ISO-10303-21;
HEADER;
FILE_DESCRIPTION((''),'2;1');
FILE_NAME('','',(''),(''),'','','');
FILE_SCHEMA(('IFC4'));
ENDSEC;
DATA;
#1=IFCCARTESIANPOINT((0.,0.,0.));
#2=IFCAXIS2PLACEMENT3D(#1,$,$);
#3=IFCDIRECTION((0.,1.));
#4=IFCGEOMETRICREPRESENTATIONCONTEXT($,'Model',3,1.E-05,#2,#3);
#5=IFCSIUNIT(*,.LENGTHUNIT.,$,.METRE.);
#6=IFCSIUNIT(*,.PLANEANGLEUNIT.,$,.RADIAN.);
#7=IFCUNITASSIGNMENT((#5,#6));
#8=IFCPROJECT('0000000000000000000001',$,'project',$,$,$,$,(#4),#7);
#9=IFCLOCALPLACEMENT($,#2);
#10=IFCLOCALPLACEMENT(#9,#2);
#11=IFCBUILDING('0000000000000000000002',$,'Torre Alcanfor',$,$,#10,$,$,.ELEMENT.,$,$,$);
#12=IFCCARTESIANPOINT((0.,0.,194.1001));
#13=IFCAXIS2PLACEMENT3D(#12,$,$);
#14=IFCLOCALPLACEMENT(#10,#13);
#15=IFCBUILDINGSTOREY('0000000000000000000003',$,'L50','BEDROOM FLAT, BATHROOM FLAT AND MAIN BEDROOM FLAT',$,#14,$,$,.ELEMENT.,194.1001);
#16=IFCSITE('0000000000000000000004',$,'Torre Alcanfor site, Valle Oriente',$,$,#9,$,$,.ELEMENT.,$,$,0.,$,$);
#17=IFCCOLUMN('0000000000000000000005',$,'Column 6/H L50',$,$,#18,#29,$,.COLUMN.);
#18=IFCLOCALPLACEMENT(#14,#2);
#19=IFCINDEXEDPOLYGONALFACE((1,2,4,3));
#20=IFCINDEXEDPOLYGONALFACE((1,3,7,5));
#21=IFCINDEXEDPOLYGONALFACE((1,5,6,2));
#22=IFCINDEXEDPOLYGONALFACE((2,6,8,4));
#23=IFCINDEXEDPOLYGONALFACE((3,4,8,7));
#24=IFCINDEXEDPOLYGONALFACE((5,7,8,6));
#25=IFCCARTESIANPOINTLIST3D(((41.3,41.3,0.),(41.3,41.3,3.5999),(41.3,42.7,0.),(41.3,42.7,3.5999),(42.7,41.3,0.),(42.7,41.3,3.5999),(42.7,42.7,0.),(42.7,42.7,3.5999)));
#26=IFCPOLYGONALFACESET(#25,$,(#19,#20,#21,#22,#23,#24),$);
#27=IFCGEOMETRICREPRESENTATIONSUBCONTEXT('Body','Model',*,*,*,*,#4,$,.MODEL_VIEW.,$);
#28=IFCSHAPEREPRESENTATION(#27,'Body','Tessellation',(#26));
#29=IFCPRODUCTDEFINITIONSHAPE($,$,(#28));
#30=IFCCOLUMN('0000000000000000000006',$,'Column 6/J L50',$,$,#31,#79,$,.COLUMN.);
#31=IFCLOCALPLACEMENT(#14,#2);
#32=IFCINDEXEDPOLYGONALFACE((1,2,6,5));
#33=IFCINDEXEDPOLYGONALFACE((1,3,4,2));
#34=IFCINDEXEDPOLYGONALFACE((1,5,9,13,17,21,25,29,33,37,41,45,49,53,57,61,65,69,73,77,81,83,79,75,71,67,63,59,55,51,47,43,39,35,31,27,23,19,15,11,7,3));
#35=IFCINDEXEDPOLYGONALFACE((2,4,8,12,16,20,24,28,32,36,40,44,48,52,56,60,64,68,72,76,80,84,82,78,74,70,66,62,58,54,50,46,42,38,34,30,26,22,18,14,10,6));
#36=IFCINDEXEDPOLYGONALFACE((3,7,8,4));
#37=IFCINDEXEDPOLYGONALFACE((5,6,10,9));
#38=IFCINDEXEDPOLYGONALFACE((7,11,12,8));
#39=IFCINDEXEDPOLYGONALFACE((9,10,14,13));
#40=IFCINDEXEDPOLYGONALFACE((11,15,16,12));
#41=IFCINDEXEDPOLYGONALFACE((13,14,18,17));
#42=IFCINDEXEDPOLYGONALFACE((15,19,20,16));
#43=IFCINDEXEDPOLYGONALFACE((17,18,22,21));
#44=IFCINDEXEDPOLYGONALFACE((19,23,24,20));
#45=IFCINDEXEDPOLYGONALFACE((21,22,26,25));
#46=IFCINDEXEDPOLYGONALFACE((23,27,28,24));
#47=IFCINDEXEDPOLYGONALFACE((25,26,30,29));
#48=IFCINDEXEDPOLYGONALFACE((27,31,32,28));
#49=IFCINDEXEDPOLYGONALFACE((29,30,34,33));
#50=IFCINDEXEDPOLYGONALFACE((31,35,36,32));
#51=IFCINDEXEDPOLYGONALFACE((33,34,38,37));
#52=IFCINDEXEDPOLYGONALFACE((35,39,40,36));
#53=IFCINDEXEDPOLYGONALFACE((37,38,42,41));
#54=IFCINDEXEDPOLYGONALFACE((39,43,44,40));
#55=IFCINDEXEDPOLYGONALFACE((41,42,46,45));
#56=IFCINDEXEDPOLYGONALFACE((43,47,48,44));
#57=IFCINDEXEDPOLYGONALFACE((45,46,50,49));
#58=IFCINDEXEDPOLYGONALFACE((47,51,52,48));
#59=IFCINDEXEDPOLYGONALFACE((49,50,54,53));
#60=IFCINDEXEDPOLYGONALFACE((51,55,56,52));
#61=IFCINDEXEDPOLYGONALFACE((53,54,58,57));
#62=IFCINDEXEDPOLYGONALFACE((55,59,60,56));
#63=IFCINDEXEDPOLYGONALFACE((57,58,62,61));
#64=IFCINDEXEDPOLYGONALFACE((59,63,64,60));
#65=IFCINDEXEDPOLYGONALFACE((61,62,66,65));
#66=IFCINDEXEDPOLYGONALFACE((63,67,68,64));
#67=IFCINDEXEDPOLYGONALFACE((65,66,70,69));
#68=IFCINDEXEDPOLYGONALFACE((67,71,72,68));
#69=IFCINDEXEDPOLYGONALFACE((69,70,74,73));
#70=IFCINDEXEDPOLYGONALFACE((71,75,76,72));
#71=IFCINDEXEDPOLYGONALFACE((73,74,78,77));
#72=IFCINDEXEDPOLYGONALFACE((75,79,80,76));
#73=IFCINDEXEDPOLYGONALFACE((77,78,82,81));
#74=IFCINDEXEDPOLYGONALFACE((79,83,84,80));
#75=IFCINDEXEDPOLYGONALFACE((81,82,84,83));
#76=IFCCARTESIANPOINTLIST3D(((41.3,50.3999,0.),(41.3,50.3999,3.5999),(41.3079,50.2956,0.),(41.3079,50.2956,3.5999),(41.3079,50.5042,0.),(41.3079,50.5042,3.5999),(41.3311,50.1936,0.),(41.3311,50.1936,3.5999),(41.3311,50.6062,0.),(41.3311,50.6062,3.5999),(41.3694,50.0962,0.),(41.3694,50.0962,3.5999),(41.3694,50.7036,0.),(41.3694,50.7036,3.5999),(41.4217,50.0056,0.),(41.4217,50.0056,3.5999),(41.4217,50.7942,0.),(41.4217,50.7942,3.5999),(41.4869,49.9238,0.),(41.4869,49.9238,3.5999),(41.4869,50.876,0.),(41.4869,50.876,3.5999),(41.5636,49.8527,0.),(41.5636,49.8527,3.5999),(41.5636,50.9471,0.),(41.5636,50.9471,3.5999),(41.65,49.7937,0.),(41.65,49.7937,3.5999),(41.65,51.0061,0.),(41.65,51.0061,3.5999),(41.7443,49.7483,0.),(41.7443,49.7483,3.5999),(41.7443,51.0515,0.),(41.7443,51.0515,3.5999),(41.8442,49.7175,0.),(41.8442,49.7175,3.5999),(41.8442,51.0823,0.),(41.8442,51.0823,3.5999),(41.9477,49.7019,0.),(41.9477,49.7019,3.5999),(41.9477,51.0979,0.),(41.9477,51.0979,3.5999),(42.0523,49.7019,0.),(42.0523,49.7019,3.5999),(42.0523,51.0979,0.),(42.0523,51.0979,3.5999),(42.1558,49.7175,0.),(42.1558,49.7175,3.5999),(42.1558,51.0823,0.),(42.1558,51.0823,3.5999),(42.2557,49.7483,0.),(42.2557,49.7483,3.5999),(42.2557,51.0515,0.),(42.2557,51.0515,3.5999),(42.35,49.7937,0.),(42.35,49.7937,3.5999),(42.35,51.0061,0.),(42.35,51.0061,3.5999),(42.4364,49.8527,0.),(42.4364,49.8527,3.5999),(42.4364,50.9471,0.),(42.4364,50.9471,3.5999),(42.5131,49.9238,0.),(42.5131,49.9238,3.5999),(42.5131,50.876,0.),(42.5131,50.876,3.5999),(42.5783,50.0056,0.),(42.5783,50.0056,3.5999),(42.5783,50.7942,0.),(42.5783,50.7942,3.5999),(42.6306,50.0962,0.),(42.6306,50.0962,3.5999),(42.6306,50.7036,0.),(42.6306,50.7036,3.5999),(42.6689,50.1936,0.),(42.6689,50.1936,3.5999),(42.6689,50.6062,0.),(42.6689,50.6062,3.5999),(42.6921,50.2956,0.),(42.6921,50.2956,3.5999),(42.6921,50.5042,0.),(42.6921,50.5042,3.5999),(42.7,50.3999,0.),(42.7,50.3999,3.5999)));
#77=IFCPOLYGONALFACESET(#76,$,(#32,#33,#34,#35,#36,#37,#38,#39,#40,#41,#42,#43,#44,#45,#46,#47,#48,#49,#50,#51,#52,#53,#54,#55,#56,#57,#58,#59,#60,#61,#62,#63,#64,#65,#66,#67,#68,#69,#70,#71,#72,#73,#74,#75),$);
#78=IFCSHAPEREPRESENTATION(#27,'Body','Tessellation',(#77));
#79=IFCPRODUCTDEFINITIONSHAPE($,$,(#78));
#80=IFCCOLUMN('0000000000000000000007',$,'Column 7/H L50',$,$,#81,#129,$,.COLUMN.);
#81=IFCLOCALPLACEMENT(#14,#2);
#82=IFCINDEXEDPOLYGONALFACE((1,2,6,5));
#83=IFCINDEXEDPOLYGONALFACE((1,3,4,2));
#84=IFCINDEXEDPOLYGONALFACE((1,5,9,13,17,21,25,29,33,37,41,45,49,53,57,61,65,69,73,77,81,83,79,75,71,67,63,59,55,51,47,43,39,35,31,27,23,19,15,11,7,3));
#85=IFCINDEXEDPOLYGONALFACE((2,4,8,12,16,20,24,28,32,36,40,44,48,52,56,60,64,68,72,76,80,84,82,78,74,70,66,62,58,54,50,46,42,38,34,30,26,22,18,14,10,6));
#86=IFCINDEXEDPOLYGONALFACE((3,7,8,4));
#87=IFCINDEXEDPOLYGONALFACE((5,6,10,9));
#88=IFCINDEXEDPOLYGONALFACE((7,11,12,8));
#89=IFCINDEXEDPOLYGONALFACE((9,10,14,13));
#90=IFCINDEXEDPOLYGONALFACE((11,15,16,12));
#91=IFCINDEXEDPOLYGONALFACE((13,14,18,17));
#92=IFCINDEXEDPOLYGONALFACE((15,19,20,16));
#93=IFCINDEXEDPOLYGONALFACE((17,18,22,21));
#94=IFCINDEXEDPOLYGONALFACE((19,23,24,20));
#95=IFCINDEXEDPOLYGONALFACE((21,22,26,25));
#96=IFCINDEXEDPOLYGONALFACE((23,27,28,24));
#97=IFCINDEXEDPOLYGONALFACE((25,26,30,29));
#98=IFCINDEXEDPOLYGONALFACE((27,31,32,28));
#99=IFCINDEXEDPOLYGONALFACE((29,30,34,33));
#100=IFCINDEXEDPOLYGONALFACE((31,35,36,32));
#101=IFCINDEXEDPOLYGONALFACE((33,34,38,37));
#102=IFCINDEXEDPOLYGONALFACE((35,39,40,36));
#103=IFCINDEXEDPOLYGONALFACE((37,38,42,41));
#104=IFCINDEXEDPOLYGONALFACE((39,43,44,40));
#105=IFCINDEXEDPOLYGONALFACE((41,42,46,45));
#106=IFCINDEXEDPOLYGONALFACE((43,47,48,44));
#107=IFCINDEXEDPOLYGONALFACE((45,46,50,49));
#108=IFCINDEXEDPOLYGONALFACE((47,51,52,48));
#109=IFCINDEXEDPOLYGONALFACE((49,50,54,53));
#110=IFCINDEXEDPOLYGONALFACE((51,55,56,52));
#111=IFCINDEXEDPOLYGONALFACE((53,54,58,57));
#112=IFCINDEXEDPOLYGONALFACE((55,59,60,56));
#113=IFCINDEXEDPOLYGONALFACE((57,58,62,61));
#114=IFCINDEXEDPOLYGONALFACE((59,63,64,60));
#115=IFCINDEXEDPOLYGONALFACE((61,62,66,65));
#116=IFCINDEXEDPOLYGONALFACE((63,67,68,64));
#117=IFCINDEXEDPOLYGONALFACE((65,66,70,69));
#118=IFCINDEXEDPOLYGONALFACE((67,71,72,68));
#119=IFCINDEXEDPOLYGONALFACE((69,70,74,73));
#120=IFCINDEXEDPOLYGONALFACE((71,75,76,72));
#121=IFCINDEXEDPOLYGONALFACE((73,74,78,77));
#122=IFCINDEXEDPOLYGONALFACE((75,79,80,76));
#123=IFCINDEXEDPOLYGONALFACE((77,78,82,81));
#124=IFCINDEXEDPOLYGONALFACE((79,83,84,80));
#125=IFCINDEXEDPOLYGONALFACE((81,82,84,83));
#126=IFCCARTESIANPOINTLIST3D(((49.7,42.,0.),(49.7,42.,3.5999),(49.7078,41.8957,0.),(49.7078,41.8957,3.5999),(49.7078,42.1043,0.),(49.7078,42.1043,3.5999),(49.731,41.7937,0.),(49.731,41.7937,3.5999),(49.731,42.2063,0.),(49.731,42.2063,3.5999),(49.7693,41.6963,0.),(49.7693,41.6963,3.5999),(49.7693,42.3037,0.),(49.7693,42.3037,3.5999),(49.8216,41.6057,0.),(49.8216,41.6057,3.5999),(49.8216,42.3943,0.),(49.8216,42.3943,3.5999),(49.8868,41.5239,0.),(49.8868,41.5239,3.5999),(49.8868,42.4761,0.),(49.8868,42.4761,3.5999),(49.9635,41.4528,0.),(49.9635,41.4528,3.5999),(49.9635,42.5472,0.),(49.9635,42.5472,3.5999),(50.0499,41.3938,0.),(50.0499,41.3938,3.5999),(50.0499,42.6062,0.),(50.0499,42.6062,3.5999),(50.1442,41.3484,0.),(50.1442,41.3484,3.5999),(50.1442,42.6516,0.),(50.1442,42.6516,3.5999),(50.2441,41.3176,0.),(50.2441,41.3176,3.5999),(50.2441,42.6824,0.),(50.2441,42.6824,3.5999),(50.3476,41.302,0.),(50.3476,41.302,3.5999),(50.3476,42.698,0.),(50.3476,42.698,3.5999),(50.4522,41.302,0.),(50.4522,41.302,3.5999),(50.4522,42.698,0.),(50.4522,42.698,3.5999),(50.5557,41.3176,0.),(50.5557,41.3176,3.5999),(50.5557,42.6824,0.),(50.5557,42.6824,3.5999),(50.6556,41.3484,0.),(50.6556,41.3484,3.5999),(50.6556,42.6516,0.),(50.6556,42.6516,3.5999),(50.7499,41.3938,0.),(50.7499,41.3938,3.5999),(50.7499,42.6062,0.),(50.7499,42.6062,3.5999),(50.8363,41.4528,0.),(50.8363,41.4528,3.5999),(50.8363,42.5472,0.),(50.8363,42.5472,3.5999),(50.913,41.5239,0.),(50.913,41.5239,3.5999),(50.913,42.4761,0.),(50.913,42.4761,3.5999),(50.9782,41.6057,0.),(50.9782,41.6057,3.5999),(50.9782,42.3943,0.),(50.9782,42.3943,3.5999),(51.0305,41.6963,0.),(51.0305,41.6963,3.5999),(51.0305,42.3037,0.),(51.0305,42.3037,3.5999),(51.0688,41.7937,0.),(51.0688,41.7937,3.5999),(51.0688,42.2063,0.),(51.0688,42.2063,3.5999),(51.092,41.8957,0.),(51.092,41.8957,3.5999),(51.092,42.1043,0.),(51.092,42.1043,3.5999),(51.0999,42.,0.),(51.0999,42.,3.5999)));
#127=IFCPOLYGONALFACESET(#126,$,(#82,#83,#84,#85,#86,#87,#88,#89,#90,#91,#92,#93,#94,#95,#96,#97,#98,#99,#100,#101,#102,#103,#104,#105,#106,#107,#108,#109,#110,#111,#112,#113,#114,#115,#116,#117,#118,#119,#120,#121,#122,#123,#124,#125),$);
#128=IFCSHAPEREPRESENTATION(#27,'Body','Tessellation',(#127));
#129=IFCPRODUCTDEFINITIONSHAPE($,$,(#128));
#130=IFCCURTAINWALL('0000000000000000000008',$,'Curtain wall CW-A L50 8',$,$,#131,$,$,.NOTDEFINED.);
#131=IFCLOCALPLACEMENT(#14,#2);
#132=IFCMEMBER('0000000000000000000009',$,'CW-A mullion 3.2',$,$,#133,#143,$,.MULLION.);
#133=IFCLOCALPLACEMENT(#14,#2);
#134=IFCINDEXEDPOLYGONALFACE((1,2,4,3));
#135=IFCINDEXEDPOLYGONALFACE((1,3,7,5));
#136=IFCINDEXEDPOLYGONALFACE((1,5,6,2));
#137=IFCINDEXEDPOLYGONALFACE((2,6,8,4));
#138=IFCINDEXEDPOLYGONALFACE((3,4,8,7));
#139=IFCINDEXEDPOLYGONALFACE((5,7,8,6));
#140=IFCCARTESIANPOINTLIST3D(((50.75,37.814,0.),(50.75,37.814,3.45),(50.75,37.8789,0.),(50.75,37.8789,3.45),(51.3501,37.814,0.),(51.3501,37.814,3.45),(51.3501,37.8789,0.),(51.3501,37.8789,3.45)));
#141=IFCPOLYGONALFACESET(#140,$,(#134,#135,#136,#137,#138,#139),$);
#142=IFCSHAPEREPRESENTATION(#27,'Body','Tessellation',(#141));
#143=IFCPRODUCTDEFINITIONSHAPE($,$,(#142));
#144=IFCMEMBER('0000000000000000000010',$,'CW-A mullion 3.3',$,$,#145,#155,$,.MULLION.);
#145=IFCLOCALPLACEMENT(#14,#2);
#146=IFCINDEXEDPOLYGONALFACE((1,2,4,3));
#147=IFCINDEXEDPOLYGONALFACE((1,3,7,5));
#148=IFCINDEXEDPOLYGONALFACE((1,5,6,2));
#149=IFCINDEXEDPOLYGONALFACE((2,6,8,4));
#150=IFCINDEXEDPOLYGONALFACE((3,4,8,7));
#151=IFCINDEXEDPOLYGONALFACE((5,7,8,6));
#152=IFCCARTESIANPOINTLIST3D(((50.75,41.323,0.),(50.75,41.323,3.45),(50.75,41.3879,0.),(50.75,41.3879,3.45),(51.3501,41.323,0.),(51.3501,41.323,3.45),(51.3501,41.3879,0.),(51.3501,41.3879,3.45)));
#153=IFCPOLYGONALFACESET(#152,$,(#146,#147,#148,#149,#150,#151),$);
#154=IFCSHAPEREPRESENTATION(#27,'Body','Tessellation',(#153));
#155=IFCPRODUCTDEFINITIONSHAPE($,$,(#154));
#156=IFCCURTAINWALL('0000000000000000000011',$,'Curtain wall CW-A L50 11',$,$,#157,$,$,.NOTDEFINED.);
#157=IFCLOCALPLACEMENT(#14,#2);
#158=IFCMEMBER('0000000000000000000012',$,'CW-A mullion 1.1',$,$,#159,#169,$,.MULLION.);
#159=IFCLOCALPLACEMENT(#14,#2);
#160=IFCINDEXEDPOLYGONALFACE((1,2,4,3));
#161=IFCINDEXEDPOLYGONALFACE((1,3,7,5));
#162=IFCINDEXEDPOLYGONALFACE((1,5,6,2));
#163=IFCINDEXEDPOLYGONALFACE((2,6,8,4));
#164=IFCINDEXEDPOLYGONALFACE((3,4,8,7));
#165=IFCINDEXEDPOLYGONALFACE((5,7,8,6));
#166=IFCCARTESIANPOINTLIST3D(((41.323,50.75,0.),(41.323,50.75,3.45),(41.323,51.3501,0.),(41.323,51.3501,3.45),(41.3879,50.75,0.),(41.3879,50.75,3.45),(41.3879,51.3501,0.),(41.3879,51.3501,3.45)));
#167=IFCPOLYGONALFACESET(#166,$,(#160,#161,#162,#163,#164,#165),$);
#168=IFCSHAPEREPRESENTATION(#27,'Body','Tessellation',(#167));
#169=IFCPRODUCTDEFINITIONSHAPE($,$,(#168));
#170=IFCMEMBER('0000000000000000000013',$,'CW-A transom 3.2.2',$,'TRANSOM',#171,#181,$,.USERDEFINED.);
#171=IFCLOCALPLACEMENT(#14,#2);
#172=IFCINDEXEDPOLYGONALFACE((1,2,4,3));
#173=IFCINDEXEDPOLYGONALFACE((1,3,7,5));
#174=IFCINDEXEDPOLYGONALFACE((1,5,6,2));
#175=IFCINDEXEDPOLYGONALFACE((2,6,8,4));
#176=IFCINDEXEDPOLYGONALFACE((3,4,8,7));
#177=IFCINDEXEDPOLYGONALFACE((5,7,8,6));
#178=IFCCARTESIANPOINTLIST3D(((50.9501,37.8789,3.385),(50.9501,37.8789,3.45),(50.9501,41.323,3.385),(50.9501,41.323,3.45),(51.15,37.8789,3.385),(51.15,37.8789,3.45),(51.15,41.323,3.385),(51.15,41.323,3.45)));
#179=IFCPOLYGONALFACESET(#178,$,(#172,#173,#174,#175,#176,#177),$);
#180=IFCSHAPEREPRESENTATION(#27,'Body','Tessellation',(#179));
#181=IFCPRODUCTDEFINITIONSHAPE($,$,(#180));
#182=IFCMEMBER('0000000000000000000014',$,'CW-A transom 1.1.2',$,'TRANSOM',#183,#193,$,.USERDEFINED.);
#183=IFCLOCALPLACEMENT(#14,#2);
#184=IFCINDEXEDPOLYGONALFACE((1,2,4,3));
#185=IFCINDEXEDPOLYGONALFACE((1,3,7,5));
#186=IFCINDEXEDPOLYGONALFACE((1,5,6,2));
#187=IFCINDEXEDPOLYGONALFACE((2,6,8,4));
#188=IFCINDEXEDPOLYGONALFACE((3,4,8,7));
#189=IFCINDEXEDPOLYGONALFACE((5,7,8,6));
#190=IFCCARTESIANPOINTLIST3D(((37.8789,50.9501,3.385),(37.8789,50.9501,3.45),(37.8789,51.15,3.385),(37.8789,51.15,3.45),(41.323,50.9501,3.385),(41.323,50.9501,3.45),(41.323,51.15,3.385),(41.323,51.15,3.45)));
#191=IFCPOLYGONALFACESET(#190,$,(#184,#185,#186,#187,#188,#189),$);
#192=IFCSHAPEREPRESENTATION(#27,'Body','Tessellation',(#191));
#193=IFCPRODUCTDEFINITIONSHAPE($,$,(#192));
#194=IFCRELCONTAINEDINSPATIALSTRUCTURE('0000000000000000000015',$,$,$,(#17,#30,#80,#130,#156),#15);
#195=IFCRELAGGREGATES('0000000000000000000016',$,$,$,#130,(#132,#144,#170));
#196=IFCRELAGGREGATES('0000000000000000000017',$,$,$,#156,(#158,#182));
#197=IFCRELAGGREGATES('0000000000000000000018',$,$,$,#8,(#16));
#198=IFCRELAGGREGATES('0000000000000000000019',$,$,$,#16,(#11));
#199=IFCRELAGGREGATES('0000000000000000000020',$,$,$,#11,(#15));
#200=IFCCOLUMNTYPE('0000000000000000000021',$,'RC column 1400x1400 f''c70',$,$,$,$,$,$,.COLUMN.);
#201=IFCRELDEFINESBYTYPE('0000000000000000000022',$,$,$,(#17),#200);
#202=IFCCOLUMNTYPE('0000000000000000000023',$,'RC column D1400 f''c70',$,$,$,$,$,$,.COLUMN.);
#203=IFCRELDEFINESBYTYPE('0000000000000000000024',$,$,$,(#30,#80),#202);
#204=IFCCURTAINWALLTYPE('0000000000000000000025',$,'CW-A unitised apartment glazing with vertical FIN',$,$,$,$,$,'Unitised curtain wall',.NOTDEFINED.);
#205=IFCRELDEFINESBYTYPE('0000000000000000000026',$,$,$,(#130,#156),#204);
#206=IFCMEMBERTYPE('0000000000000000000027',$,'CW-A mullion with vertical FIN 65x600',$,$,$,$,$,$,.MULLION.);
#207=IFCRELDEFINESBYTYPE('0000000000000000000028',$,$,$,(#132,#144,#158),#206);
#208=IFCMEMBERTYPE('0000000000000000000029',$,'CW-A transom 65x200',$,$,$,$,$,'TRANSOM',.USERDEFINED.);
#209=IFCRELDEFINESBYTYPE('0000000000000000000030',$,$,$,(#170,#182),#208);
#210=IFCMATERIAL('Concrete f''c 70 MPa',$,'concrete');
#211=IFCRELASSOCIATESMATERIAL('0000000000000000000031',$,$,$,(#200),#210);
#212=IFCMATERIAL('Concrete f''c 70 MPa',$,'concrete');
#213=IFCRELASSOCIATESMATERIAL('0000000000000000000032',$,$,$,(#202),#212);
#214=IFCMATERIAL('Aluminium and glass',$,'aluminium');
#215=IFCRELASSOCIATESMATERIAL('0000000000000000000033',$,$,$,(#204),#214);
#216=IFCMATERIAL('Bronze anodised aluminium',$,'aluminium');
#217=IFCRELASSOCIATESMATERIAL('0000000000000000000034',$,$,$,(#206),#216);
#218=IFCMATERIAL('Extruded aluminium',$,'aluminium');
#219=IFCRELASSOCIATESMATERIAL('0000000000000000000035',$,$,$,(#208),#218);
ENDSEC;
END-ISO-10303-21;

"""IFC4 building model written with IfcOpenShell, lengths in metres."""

from ifc_helpers import new_model, si_unit, direction, frame, origin, origin_2d, place, context, subcontext, project, spatial, rectangle, circle, extrude, material, material_profile, profile_set, type_object, element, aggregate, save


model = new_model("IFC4")

# Units and contexts
model_context = context("Model", 3, precision=1e-05, world=origin(), true_north=direction((0.0, 1.0)))
body_context = subcontext(model_context, "Body", "Model", "MODEL_VIEW")
ifc_project = project(units=[si_unit("LENGTHUNIT", "METRE"), si_unit("PLANEANGLEUNIT", "RADIAN")], contexts=[model_context])

# Site, building, storey
site_placement = place(None, origin())
site = spatial("IfcSite", under=ifc_project, at=site_placement, Name="Torre Alcanfor site, Valle Oriente", CompositionType="ELEMENT", RefElevation=0.0)
building_placement = place(site_placement, origin())
building = spatial("IfcBuilding", under=site, at=building_placement, Name="Torre Alcanfor", CompositionType="ELEMENT")
storey_placement = place(building_placement, frame((0.0, 0.0, 194.1001)))
storey = spatial("IfcBuildingStorey", under=building, at=storey_placement, Name="L50", Description="BEDROOM FLAT, BATHROOM FLAT AND MAIN BEDROOM FLAT", CompositionType="ELEMENT", Elevation=194.1001)

# Columns
ifc_material_1 = material(Name="Concrete f'c 70 MPa", Category="concrete")
ifc_material_profile_1 = material_profile(ifc_material_1, rectangle(XDim=1.3999, YDim=1.3999, at=origin_2d()), Name="1400x1400")
ifc_profile_set_1 = profile_set([ifc_material_profile_1], Name="Concrete f'c 70 MPa")
column_type_1 = type_object("IfcColumnType", Name="RC column 1400x1400 f'c70", PredefinedType="COLUMN", material=ifc_profile_set_1)
column_placement = place(storey_placement, frame((42.0, 42.0, 0.0), z_axis=(0.0, 0.0, 1.0), x_axis=(1.0, 0.0, 0.0)))
element("IfcColumn", 1, at=column_placement, inside=storey, type_object=column_type_1, Name="Column 6/H L50", PredefinedType="COLUMN", context=body_context, shape_type="SweptSolid", body=[
    extrude(rectangle(XDim=1.3999, YDim=1.3999, at=origin_2d()), origin(), (0.0, 0.0, 1.0), 3.5999),
])
ifc_material_2 = material(Name="Concrete f'c 70 MPa", Category="concrete")
ifc_material_profile_2 = material_profile(ifc_material_2, circle(Radius=0.7, at=origin_2d()), Name="D1400")
ifc_profile_set_2 = profile_set([ifc_material_profile_2], Name="Concrete f'c 70 MPa")
column_type_2 = type_object("IfcColumnType", Name="RC column D1400 f'c70", PredefinedType="COLUMN", material=ifc_profile_set_2)
for number, where, z_axis, x_axis, name in (
    (2, (42.0, 50.3999, 0.0), (0.0, 0.0, 1.0), (1.0, 0.0, 0.0), "Column 6/J L50"),
    (3, (50.3999, 42.0, 0.0), (0.0, 0.0, 1.0), (1.0, 0.0, 0.0), "Column 7/H L50"),
):
    element("IfcColumn", number, at=place(storey_placement, frame(where, z_axis=z_axis, x_axis=x_axis)), inside=storey, type_object=column_type_2, Name=name, PredefinedType="COLUMN", context=body_context, shape_type="SweptSolid", body=[
        extrude(circle(Radius=0.7, at=origin_2d()), origin(), (0.0, 0.0, 1.0), 3.5999),
    ])

# Curtain wall, members
ifc_material_3 = material(Name="Aluminium and glass", Category="aluminium")
curtain_wall_type = type_object("IfcCurtainWallType", Name="CW-A unitised apartment glazing with vertical FIN", ElementType="Unitised curtain wall", PredefinedType="NOTDEFINED", material=ifc_material_3)
curtain_wall_1_placement = place(storey_placement, origin())
curtain_wall_1 = element("IfcCurtainWall", 4, at=curtain_wall_1_placement, inside=storey, type_object=curtain_wall_type, Name="Curtain wall CW-A L50 8", PredefinedType="NOTDEFINED")
ifc_material_4 = material(Name="Bronze anodised aluminium", Category="aluminium")
ifc_material_profile_3 = material_profile(ifc_material_4, rectangle(XDim=0.6001, YDim=0.0649, at=origin_2d()), Name="CW-A mullion 65x600")
ifc_profile_set_3 = profile_set([ifc_material_profile_3], Name="Bronze anodised aluminium")
member_type_1 = type_object("IfcMemberType", Name="CW-A mullion with vertical FIN 65x600", PredefinedType="MULLION", material=ifc_profile_set_3)
member_1_placement = place(storey_placement, frame((51.05, 37.8464, 0.0), z_axis=(0.0, 0.0, 1.0), x_axis=(-1.0, 0.0, 0.0)))
member_1 = element("IfcMember", 5, at=member_1_placement, type_object=member_type_1, Name="CW-A mullion 3.2", PredefinedType="MULLION", context=body_context, shape_type="SweptSolid", body=[
    extrude(rectangle(XDim=0.6001, YDim=0.0649, at=origin_2d()), origin(), (0.0, 0.0, 1.0), 3.45),
])
member_2_placement = place(storey_placement, frame((51.05, 41.3555, 0.0), z_axis=(0.0, 0.0, 1.0), x_axis=(-1.0, 0.0, 0.0)))
member_2 = element("IfcMember", 6, at=member_2_placement, type_object=member_type_1, Name="CW-A mullion 3.3", PredefinedType="MULLION", context=body_context, shape_type="SweptSolid", body=[
    extrude(rectangle(XDim=0.6001, YDim=0.0649, at=origin_2d()), origin(), (0.0, 0.0, 1.0), 3.45),
])

# Curtain wall, member
curtain_wall_2_placement = place(storey_placement, origin())
curtain_wall_2 = element("IfcCurtainWall", 7, at=curtain_wall_2_placement, inside=storey, type_object=curtain_wall_type, Name="Curtain wall CW-A L50 11", PredefinedType="NOTDEFINED")
member_3_placement = place(storey_placement, frame((41.3555, 51.05, 0.0), z_axis=(0.0, 0.0, 1.0), x_axis=(0.0, -1.0, 0.0)))
member_3 = element("IfcMember", 8, at=member_3_placement, type_object=member_type_1, Name="CW-A mullion 1.1", PredefinedType="MULLION", context=body_context, shape_type="SweptSolid", body=[
    extrude(rectangle(XDim=0.6001, YDim=0.0649, at=origin_2d()), origin(), (0.0, 0.0, 1.0), 3.45),
])

# Members
ifc_material_5 = material(Name="Extruded aluminium", Category="aluminium")
ifc_material_profile_4 = material_profile(ifc_material_5, rectangle(XDim=0.2, YDim=0.0649, at=origin_2d()), Name="CW-A transom 200x65")
ifc_profile_set_4 = profile_set([ifc_material_profile_4], Name="Extruded aluminium")
member_type_2 = type_object("IfcMemberType", Name="CW-A transom 65x200", ElementType="TRANSOM", PredefinedType="USERDEFINED", material=ifc_profile_set_4)
member_4_placement = place(storey_placement, frame((51.05, 37.8789, 3.4175), z_axis=(0.0, 1.0, 0.0), x_axis=(-1.0, 0.0, 0.0)))
member_4 = element("IfcMember", 9, at=member_4_placement, type_object=member_type_2, Name="CW-A transom 3.2.2", ObjectType="TRANSOM", PredefinedType="USERDEFINED", context=body_context, shape_type="SweptSolid", body=[
    extrude(rectangle(XDim=0.2, YDim=0.0649, at=origin_2d()), origin(), (0.0, 0.0, 1.0), 3.4441),
])
member_5_placement = place(storey_placement, frame((41.323, 51.05, 3.4175), z_axis=(-1.0, 0.0, 0.0), x_axis=(0.0, -1.0, 0.0)))
member_5 = element("IfcMember", 10, at=member_5_placement, type_object=member_type_2, Name="CW-A transom 1.1.2", ObjectType="TRANSOM", PredefinedType="USERDEFINED", context=body_context, shape_type="SweptSolid", body=[
    extrude(rectangle(XDim=0.2, YDim=0.0649, at=origin_2d()), origin(), (0.0, 0.0, 1.0), 3.4441),
])

aggregate(curtain_wall_1, [member_1, member_2, member_4])
aggregate(curtain_wall_2, [member_3, member_5])

save(model, "model.ifc")
